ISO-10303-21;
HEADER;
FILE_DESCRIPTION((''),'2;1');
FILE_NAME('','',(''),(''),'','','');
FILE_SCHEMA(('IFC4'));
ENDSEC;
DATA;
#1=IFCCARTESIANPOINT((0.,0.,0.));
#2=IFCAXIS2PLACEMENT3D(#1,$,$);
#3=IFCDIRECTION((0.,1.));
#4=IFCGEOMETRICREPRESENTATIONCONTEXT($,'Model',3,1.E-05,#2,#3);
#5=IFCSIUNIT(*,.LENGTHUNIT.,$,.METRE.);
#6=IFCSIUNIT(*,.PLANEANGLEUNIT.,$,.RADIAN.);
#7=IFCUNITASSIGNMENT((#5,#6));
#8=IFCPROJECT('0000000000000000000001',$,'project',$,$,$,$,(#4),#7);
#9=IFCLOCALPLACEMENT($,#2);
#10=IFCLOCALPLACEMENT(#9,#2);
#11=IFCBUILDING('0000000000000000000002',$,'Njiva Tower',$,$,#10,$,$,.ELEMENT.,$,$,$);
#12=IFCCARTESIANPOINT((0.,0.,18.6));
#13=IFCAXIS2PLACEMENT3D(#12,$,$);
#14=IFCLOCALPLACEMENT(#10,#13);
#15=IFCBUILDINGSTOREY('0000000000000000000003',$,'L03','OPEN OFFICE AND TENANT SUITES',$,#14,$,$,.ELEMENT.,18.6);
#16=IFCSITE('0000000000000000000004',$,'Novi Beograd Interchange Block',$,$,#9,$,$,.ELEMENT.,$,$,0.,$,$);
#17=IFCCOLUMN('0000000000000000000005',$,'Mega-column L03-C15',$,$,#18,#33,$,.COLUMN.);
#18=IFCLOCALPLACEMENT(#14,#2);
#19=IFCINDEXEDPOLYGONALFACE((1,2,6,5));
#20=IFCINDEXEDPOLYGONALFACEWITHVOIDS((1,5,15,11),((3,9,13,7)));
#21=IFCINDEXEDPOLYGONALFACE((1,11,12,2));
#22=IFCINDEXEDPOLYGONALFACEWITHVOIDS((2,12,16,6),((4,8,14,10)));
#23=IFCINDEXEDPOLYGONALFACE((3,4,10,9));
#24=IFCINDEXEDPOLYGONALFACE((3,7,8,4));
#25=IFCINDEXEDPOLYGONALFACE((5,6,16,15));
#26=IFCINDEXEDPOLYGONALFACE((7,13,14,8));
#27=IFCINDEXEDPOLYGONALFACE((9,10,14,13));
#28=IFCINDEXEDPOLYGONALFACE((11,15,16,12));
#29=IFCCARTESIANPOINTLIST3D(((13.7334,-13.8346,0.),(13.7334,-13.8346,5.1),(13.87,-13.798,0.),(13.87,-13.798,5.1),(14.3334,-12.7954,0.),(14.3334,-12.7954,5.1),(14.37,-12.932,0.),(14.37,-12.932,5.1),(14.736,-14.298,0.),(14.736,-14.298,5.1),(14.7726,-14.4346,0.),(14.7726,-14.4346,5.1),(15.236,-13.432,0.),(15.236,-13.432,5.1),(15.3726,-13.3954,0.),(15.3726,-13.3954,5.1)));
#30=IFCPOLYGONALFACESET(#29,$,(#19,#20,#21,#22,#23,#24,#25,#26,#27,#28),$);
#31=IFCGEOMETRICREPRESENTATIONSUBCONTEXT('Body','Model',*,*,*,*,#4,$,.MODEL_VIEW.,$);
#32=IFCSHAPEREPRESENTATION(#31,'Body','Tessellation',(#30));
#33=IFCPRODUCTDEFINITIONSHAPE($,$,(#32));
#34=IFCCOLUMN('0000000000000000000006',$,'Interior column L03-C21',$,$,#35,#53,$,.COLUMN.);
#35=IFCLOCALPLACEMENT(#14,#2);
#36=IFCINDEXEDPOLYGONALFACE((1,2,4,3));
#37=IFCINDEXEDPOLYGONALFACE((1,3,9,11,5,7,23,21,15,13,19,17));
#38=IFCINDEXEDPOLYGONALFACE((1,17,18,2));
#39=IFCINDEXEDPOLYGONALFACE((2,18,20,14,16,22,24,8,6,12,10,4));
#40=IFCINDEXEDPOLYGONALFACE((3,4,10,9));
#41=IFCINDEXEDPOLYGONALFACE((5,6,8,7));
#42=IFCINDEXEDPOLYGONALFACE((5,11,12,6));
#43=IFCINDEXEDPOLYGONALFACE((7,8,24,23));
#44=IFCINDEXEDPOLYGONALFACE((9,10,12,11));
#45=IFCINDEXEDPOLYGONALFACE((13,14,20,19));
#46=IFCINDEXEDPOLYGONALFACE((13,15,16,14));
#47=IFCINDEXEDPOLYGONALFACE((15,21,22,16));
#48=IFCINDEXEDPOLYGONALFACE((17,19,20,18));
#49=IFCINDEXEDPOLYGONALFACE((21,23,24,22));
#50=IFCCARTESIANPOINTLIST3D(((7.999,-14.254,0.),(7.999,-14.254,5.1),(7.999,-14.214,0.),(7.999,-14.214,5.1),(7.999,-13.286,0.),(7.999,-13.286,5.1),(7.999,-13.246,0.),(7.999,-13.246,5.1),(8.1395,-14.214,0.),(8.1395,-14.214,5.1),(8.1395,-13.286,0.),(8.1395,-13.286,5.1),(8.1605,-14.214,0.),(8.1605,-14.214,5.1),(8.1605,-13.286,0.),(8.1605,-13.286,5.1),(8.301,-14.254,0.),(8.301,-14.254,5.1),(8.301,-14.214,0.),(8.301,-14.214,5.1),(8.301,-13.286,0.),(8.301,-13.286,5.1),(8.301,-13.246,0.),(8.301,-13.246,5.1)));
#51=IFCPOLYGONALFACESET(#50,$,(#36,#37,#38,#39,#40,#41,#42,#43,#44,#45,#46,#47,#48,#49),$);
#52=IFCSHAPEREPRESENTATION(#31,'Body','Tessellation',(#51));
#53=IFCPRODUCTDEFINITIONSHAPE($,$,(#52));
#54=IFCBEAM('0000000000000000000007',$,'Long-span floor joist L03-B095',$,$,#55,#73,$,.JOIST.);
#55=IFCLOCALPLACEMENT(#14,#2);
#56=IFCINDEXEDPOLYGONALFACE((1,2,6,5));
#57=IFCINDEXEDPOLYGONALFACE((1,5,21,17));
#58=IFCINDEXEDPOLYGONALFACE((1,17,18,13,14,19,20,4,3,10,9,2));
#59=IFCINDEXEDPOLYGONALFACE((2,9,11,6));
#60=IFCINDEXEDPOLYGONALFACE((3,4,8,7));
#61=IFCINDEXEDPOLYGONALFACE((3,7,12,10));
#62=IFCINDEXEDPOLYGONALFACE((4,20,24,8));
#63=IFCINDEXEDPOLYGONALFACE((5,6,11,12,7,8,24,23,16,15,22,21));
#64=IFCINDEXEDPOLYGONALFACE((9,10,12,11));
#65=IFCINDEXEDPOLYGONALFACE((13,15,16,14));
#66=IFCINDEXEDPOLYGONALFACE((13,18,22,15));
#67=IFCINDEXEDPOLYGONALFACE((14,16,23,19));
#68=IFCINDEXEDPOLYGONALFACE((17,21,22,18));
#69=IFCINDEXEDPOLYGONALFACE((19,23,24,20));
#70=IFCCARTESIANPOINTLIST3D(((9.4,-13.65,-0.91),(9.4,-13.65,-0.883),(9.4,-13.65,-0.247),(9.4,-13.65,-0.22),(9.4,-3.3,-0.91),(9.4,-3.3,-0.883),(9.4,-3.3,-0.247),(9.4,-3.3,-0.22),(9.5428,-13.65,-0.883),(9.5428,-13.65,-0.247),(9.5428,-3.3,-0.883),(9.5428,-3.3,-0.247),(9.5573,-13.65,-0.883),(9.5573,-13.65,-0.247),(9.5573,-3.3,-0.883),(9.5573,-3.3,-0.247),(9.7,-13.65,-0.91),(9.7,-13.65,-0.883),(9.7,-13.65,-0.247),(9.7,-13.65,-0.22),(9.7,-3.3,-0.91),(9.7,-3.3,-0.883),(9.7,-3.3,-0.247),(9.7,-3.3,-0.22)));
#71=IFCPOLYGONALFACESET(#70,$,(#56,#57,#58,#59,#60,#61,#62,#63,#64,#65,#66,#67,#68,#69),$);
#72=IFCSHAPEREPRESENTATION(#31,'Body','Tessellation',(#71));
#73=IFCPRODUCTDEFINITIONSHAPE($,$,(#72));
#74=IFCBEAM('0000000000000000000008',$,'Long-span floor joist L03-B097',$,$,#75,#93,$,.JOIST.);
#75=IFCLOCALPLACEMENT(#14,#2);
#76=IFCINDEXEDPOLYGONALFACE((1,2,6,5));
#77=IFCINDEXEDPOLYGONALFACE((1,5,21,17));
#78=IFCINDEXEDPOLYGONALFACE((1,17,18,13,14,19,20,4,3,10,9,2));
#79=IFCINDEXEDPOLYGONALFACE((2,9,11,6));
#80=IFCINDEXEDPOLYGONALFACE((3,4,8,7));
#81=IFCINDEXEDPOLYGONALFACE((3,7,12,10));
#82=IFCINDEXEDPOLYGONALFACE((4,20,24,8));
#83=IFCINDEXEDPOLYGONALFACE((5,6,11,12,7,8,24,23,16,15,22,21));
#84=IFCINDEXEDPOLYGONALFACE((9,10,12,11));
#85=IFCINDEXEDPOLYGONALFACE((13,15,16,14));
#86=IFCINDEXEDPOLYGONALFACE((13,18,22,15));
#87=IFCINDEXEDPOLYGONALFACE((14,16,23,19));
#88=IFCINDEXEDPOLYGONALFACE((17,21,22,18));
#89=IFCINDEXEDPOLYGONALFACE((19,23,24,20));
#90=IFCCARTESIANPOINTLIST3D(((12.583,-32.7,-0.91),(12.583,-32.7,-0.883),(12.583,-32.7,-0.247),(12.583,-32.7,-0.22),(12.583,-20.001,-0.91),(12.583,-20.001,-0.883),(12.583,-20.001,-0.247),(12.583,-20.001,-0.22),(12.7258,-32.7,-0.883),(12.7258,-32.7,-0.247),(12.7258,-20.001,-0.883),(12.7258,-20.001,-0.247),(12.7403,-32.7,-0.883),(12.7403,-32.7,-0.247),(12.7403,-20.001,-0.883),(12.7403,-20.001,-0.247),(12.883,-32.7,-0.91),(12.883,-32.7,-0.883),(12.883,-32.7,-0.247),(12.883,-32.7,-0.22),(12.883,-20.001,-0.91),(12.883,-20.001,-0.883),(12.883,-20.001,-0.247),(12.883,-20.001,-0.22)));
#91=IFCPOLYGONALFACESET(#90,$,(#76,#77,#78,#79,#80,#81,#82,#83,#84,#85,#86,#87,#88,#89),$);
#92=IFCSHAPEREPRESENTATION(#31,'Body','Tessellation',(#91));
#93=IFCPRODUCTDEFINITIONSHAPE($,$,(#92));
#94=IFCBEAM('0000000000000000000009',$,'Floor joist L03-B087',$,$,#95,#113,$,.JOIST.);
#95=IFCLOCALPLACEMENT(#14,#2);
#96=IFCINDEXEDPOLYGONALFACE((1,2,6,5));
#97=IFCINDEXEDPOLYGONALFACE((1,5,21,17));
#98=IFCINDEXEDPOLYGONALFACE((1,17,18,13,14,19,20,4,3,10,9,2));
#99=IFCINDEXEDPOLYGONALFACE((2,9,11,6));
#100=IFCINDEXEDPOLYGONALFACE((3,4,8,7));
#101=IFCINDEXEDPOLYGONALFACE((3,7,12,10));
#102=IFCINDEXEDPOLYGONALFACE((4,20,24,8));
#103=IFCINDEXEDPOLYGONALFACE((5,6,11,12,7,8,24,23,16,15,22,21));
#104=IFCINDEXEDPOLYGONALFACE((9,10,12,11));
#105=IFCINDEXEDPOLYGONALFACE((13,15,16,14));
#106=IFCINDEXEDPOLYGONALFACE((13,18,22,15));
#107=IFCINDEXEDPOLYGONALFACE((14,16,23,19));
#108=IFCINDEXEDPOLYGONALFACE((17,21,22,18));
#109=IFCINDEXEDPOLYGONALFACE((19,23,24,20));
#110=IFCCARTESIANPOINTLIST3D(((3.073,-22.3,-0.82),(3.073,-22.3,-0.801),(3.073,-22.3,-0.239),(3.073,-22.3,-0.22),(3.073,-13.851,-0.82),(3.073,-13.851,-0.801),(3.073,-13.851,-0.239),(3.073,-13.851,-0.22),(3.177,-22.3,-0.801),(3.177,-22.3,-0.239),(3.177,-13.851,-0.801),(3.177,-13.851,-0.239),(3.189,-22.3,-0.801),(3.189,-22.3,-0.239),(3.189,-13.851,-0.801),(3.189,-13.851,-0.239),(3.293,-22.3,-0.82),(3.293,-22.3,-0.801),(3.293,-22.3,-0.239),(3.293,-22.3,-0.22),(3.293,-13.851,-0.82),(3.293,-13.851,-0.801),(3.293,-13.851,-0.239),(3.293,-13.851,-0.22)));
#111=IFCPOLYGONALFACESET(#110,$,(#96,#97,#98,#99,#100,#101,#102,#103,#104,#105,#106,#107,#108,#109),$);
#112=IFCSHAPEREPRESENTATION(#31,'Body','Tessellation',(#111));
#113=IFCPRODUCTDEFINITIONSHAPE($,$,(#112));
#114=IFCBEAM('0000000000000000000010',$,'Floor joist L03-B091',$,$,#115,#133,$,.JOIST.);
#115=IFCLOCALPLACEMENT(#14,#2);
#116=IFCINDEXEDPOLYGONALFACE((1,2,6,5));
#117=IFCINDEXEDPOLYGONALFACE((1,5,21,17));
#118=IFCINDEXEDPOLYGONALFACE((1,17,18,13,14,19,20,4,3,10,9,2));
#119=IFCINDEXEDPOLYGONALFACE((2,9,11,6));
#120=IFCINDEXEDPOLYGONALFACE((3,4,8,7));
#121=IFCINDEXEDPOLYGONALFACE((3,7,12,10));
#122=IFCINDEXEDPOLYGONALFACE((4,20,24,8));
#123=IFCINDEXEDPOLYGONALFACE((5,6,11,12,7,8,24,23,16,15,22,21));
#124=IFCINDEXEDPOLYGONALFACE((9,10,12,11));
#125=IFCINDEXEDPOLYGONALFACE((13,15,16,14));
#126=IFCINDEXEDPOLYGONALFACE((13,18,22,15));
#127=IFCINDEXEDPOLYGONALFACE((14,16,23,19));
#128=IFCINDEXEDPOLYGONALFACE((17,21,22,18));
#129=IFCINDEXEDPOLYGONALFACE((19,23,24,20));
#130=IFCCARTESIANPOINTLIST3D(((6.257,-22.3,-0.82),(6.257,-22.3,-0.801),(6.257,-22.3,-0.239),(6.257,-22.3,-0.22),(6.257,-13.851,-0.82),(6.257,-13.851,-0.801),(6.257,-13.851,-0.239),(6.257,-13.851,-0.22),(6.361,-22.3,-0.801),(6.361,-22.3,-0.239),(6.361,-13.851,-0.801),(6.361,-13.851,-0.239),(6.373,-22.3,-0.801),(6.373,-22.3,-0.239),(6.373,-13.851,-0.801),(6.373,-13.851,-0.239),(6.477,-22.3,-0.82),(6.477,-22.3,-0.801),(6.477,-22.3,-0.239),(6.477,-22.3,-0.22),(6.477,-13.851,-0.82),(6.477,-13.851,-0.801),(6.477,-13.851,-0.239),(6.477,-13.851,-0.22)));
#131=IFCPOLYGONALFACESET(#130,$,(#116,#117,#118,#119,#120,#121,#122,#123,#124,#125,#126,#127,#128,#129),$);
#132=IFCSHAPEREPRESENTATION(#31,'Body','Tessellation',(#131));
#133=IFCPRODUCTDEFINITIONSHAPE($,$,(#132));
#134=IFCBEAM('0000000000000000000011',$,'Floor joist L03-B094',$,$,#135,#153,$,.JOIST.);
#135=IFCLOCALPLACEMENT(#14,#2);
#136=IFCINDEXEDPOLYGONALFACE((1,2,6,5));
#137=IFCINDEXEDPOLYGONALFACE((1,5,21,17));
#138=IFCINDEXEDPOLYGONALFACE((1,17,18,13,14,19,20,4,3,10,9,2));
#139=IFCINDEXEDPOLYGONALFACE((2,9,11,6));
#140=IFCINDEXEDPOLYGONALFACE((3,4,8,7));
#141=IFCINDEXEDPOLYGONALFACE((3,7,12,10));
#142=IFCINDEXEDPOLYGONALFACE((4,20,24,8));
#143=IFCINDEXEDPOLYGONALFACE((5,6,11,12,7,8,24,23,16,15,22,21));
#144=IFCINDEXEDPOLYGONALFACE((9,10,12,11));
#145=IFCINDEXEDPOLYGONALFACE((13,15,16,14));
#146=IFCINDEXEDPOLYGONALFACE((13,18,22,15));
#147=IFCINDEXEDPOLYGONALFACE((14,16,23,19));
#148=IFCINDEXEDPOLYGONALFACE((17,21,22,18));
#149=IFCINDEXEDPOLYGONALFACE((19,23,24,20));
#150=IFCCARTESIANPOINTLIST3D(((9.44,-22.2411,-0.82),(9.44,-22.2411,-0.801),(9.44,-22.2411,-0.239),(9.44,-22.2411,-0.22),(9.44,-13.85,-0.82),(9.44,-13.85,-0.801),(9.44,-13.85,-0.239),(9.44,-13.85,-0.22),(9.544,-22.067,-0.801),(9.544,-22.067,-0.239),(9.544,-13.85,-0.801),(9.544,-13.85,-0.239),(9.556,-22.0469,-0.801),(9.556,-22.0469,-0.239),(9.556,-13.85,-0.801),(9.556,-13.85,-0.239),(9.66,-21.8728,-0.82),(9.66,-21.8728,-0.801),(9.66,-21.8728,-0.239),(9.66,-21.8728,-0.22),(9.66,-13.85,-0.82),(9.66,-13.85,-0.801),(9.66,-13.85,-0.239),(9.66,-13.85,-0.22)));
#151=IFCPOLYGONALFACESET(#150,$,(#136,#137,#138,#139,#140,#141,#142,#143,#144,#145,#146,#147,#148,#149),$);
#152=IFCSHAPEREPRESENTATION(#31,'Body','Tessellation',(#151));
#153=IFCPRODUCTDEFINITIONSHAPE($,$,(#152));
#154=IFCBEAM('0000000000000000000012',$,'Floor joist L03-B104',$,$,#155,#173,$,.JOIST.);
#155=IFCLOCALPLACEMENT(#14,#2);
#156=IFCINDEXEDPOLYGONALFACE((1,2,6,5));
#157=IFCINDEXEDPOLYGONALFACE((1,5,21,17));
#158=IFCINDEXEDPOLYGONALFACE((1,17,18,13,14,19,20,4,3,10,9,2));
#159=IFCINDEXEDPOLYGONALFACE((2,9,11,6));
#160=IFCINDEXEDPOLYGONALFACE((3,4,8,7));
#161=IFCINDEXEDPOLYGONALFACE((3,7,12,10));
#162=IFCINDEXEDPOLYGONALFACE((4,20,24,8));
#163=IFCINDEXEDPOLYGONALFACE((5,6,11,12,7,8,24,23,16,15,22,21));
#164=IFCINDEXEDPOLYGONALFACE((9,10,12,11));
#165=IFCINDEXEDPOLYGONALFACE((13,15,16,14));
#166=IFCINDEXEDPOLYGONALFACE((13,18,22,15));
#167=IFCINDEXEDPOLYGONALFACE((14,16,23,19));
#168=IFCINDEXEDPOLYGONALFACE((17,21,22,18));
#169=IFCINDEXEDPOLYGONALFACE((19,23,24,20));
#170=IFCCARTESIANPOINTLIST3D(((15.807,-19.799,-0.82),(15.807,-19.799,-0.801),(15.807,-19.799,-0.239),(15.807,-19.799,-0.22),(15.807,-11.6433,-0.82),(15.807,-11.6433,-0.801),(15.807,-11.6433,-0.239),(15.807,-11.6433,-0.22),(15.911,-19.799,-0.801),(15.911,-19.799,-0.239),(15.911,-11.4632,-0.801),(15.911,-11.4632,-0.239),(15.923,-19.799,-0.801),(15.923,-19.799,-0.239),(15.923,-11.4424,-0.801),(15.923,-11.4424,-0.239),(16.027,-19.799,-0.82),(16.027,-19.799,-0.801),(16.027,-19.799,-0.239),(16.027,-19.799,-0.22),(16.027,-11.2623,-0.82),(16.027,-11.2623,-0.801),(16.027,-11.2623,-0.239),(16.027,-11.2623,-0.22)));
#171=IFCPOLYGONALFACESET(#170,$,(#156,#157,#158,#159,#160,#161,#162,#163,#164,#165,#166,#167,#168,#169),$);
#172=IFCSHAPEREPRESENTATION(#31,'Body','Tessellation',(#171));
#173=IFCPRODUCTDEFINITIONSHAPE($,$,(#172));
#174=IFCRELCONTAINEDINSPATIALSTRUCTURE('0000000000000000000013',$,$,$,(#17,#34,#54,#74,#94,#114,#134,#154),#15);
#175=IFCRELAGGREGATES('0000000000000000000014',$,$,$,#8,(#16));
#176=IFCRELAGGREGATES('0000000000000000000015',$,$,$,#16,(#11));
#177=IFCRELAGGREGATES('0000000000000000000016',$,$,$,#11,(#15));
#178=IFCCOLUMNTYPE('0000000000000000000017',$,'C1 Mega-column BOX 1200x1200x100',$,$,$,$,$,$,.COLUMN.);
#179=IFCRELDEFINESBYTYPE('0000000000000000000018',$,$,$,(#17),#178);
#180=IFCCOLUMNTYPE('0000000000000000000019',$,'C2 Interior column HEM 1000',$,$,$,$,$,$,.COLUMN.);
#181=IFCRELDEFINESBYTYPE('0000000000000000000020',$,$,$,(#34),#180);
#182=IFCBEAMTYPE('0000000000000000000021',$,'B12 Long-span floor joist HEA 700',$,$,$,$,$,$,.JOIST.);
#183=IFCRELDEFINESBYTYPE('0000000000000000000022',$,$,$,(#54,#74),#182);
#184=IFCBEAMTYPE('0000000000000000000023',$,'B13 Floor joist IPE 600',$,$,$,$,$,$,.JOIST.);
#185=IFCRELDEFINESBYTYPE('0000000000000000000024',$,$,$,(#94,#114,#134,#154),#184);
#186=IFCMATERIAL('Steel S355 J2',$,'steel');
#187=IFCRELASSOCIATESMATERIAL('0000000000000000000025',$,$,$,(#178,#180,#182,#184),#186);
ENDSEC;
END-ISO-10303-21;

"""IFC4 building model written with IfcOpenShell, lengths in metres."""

from ifc_helpers import new_model, si_unit, direction, frame, origin, origin_2d, place, context, subcontext, project, spatial, hollow_rectangle, i_section, extrude, clip, halfspace, material, material_profile, profile_set, type_object, element, save


model = new_model("IFC4")

# Units and contexts
model_context = context("Model", 3, precision=1e-05, world=origin(), true_north=direction((0.0, 1.0)))
body_context = subcontext(model_context, "Body", "Model", "MODEL_VIEW")
ifc_project = project(units=[si_unit("LENGTHUNIT", "METRE"), si_unit("PLANEANGLEUNIT", "RADIAN")], contexts=[model_context])

# Site, building, storey
site_placement = place(None, origin())
site = spatial("IfcSite", under=ifc_project, at=site_placement, Name="Novi Beograd Interchange Block", CompositionType="ELEMENT", RefElevation=0.0)
building_placement = place(site_placement, origin())
building = spatial("IfcBuilding", under=site, at=building_placement, Name="Njiva Tower", CompositionType="ELEMENT")
storey_placement = place(building_placement, frame((0.0, 0.0, 18.6)))
storey = spatial("IfcBuildingStorey", under=building, at=storey_placement, Name="L03", Description="OPEN OFFICE AND TENANT SUITES", CompositionType="ELEMENT", Elevation=18.6)

# Columns
ifc_material_1 = material(Name="Steel S355 J2", Category="steel")
ifc_material_profile_1 = material_profile(ifc_material_1, hollow_rectangle(XDim=1.2, YDim=1.2, WallThickness=0.1, at=origin_2d()), Name="BOX 1200x1200x100")
ifc_profile_set_1 = profile_set([ifc_material_profile_1], Name="Steel S355 J2")
column_type_1 = type_object("IfcColumnType", Name="C1 Mega-column BOX 1200x1200x100", PredefinedType="COLUMN", material=ifc_profile_set_1)
column_1_placement = place(storey_placement, frame((14.553, -13.615, 0.0), z_axis=(0.0, 0.0, 1.0), x_axis=(0.5, 0.866025, 0.0)))
element("IfcColumn", 1, at=column_1_placement, inside=storey, type_object=column_type_1, Name="Mega-column L03-C15", PredefinedType="COLUMN", context=body_context, shape_type="SweptSolid", body=[
    extrude(hollow_rectangle(XDim=1.2, YDim=1.2, WallThickness=0.1, at=origin_2d()), origin(), (0.0, 0.0, 1.0), 5.1),
])
ifc_material_profile_2 = material_profile(ifc_material_1, i_section(OverallWidth=0.302, OverallDepth=1.008, WebThickness=0.021, FlangeThickness=0.04, at=origin_2d()), Name="HEM 1000")
ifc_profile_set_2 = profile_set([ifc_material_profile_2], Name="Steel S355 J2")
column_type_2 = type_object("IfcColumnType", Name="C2 Interior column HEM 1000", PredefinedType="COLUMN", material=ifc_profile_set_2)
column_2_placement = place(storey_placement, frame((8.15, -13.75, 0.0), z_axis=(0.0, 0.0, 1.0), x_axis=(1.0, 0.0, 0.0)))
element("IfcColumn", 2, at=column_2_placement, inside=storey, type_object=column_type_2, Name="Interior column L03-C21", PredefinedType="COLUMN", context=body_context, shape_type="SweptSolid", body=[
    extrude(i_section(OverallWidth=0.302, OverallDepth=1.008, WebThickness=0.021, FlangeThickness=0.04, at=origin_2d()), origin(), (0.0, 0.0, 1.0), 5.1),
])

# Beams
ifc_material_profile_3 = material_profile(ifc_material_1, i_section(OverallWidth=0.3, OverallDepth=0.69, WebThickness=0.0145, FlangeThickness=0.027, at=origin_2d()), Name="HEA 700")
ifc_profile_set_3 = profile_set([ifc_material_profile_3], Name="Steel S355 J2")
beam_type_1 = type_object("IfcBeamType", Name="B12 Long-span floor joist HEA 700", PredefinedType="JOIST", material=ifc_profile_set_3)
beam_1_placement = place(storey_placement, frame((9.55, -3.3, -0.565), z_axis=(0.0, -1.0, 0.0), x_axis=(1.0, 0.0, 0.0)))
element("IfcBeam", 3, at=beam_1_placement, inside=storey, type_object=beam_type_1, Name="Long-span floor joist L03-B095", PredefinedType="JOIST", context=body_context, shape_type="SweptSolid", body=[
    extrude(i_section(OverallWidth=0.3, OverallDepth=0.69, WebThickness=0.0145, FlangeThickness=0.027, at=origin_2d()), origin(), (0.0, 0.0, 1.0), 10.35),
])
beam_2_placement = place(storey_placement, frame((12.733, -20.001, -0.565), z_axis=(0.0, -1.0, 0.0), x_axis=(1.0, 0.0, 0.0)))
element("IfcBeam", 4, at=beam_2_placement, inside=storey, type_object=beam_type_1, Name="Long-span floor joist L03-B097", PredefinedType="JOIST", context=body_context, shape_type="SweptSolid", body=[
    extrude(i_section(OverallWidth=0.3, OverallDepth=0.69, WebThickness=0.0145, FlangeThickness=0.027, at=origin_2d()), origin(), (0.0, 0.0, 1.0), 12.699),
])
ifc_material_profile_4 = material_profile(ifc_material_1, i_section(OverallWidth=0.22, OverallDepth=0.6, WebThickness=0.012, FlangeThickness=0.019, at=origin_2d()), Name="IPE 600")
ifc_profile_set_4 = profile_set([ifc_material_profile_4], Name="Steel S355 J2")
beam_type_2 = type_object("IfcBeamType", Name="B13 Floor joist IPE 600", PredefinedType="JOIST", material=ifc_profile_set_4)
for number, where, z_axis, x_axis, name in (
    (5, (3.183, -13.851, -0.52), (0.0, -1.0, 0.0), (1.0, 0.0, 0.0), "Floor joist L03-B087"),
    (6, (6.367, -13.851, -0.52), (0.0, -1.0, 0.0), (1.0, 0.0, 0.0), "Floor joist L03-B091"),
):
    element("IfcBeam", number, at=place(storey_placement, frame(where, z_axis=z_axis, x_axis=x_axis)), inside=storey, type_object=beam_type_2, Name=name, PredefinedType="JOIST", context=body_context, shape_type="SweptSolid", body=[
        extrude(i_section(OverallWidth=0.22, OverallDepth=0.6, WebThickness=0.012, FlangeThickness=0.019, at=origin_2d()), origin(), (0.0, 0.0, 1.0), 8.449),
    ])
beam_3_placement = place(storey_placement, frame((9.55, -13.85, -0.52), z_axis=(0.0, -1.0, 0.0), x_axis=(1.0, 0.0, 0.0)))
element("IfcBeam", 7, at=beam_3_placement, inside=storey, type_object=beam_type_2, Name="Floor joist L03-B094", PredefinedType="JOIST", context=body_context, shape_type="Clipping", body=[
    clip(extrude(i_section(OverallWidth=0.22, OverallDepth=0.6, WebThickness=0.012, FlangeThickness=0.019, at=origin_2d()), origin(), (0.0, 0.0, 1.0), 8.411), halfspace(frame((0.0429, 0.0, 8.1351), z_axis=(0.858483, 0.0, 0.512842), x_axis=(0.0, 1.0, 0.0)), False)),
])
beam_4_placement = place(storey_placement, frame((15.917, -11.242, -0.52), z_axis=(0.0, -1.0, 0.0), x_axis=(1.0, 0.0, 0.0)))
element("IfcBeam", 8, at=beam_4_placement, inside=storey, type_object=beam_type_2, Name="Floor joist L03-B104", PredefinedType="JOIST", context=body_context, shape_type="Clipping", body=[
    clip(extrude(i_section(OverallWidth=0.22, OverallDepth=0.6, WebThickness=0.012, FlangeThickness=0.019, at=origin_2d()), origin(), (0.0, 0.0, 1.0), 8.557), halfspace(frame((-0.0436, 0.0, 0.2863), z_axis=(-0.866027, 0.0, -0.499998), x_axis=(0.0, -1.0, 0.0)), False)),
])

save(model, "model.ifc")
